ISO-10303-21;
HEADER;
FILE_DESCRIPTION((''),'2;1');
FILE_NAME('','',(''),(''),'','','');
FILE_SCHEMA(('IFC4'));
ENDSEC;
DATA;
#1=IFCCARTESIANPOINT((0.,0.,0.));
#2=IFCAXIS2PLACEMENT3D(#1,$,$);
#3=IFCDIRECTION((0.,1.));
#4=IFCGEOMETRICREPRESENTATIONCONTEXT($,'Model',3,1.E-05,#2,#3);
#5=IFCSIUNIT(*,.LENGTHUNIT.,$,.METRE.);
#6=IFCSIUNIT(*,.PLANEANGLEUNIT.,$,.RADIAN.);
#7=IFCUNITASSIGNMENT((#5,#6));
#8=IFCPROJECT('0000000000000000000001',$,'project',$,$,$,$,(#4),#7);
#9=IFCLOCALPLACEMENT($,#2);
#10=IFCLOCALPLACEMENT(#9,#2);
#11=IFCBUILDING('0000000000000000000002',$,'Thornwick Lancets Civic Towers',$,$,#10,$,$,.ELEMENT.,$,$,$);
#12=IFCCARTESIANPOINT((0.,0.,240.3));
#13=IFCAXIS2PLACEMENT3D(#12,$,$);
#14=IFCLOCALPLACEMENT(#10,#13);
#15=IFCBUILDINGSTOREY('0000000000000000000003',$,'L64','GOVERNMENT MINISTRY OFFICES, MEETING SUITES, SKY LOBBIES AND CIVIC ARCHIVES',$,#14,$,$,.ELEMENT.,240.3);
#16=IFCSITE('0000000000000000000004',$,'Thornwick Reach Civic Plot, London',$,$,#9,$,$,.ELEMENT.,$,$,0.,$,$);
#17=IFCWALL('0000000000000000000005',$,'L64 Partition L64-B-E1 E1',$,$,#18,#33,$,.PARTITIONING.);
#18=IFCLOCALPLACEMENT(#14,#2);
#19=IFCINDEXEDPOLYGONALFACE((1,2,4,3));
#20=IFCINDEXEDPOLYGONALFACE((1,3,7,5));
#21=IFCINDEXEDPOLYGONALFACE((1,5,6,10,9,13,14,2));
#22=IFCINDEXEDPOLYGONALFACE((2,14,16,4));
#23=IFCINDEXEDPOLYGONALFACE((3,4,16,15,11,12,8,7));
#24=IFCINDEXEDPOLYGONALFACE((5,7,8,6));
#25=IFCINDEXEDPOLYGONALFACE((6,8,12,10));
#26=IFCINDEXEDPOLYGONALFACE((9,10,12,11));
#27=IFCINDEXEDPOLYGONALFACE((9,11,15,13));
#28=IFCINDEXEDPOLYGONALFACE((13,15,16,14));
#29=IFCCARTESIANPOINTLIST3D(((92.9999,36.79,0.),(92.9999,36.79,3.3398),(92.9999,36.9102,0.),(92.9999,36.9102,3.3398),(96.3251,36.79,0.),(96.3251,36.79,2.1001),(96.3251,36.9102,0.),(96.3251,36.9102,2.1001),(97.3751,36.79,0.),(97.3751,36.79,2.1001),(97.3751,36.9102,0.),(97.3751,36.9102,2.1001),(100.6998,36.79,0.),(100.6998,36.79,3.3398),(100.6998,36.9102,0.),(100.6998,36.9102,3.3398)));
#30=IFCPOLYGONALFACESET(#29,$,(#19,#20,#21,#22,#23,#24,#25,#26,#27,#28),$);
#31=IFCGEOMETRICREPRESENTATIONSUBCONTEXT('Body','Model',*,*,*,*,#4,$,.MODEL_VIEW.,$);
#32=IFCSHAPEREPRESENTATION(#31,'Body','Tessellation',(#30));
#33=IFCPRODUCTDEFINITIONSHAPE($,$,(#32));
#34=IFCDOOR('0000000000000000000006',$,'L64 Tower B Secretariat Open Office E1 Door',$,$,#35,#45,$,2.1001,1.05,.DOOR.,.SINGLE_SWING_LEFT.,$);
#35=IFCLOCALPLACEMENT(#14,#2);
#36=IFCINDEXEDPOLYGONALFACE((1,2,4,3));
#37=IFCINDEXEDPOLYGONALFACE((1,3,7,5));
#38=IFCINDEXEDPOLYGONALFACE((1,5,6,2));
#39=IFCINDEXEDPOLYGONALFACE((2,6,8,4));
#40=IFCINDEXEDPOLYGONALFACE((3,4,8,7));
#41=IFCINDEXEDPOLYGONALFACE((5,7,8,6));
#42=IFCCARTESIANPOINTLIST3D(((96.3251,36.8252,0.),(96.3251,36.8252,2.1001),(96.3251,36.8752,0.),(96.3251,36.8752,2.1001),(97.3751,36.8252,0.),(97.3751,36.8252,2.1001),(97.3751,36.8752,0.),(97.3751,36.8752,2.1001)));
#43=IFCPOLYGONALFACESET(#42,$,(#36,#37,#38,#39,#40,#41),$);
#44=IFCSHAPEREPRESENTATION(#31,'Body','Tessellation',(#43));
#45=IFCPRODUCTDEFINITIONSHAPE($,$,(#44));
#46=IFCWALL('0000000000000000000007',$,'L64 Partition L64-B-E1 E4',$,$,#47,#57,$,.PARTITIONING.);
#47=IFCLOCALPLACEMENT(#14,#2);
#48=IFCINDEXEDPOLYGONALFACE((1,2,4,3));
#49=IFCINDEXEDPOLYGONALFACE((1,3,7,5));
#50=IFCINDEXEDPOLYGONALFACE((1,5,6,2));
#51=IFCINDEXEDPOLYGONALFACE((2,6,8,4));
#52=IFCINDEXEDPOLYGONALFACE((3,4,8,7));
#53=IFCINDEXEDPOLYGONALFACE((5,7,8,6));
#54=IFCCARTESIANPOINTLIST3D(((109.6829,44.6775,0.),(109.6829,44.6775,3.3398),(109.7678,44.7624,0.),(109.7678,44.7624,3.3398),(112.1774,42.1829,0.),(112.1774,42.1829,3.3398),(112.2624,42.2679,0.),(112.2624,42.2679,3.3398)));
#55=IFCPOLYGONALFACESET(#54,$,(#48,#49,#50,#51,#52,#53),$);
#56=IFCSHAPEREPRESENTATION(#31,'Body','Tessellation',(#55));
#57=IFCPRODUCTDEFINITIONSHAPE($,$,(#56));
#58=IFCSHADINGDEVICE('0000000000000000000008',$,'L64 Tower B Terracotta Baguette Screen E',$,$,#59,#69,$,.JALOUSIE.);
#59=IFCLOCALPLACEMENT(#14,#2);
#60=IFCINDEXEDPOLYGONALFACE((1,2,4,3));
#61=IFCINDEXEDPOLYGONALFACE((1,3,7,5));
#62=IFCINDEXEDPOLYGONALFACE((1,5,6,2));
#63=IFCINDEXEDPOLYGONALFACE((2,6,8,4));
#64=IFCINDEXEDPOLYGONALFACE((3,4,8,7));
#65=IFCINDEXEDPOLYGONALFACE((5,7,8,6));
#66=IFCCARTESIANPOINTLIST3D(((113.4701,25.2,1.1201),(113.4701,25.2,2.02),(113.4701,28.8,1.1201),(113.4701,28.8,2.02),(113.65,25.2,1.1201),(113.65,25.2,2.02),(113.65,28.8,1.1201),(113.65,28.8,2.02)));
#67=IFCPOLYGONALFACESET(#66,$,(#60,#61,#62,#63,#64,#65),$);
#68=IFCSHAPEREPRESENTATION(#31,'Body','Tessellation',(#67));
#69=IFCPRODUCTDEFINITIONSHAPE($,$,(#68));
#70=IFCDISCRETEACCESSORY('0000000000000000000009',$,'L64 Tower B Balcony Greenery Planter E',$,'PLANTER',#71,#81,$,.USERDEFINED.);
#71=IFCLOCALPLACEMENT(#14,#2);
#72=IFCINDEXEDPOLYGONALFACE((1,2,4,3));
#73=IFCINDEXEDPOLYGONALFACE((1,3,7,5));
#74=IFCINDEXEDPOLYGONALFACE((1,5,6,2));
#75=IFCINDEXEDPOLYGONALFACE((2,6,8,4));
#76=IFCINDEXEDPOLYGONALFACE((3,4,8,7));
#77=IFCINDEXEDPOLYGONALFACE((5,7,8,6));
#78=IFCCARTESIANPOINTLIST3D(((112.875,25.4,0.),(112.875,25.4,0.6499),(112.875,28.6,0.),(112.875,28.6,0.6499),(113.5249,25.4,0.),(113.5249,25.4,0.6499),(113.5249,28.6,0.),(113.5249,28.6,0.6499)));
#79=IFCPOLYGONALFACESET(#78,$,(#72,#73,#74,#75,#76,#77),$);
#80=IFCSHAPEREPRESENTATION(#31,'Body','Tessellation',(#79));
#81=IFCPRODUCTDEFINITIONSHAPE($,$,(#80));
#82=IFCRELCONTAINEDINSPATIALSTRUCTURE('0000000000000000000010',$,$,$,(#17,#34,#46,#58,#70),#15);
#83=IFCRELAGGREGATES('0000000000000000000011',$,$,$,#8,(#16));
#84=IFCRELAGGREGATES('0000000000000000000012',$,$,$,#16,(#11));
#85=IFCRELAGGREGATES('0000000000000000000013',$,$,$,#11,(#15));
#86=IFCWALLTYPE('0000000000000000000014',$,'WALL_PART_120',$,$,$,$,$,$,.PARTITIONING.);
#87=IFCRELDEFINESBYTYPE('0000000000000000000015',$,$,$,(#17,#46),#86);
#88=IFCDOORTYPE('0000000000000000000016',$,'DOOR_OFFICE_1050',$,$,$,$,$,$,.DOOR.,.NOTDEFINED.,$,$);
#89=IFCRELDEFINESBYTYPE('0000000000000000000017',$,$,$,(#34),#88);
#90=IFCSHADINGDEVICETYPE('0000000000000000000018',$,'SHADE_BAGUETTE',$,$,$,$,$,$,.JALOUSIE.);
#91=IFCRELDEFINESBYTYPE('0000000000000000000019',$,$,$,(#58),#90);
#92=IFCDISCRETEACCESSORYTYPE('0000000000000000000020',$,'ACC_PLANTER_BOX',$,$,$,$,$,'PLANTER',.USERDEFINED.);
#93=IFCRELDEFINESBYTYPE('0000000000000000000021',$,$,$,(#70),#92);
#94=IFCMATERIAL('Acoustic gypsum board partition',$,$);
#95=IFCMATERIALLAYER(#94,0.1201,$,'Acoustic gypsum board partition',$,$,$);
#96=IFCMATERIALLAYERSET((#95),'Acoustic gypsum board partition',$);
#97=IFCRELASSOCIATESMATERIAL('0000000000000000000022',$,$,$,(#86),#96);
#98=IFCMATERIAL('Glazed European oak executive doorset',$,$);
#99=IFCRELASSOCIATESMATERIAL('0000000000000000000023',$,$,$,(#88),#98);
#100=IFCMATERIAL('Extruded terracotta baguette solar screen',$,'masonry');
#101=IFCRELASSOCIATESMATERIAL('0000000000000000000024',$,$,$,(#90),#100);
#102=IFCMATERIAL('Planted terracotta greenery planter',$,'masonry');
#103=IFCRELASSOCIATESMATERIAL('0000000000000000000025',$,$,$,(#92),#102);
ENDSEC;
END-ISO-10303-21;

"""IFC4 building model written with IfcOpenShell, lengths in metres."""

from ifc_helpers import new_model, si_unit, direction, frame, frame_2d, origin, origin_2d, place, context, subcontext, project, spatial, rectangle, extrude, material, layer, layer_set, type_object, element, fill, save


model = new_model("IFC4")

# Units and contexts
model_context = context("Model", 3, precision=1e-05, world=origin(), true_north=direction((0.0, 1.0)))
body_context = subcontext(model_context, "Body", "Model", "MODEL_VIEW")
ifc_project = project(units=[si_unit("LENGTHUNIT", "METRE"), si_unit("PLANEANGLEUNIT", "RADIAN")], contexts=[model_context])

# Site, building, storey
site_placement = place(None, origin())
site = spatial("IfcSite", under=ifc_project, at=site_placement, Name="Thornwick Reach Civic Plot, London", CompositionType="ELEMENT", RefElevation=0.0)
building_placement = place(site_placement, origin())
building = spatial("IfcBuilding", under=site, at=building_placement, Name="Thornwick Lancets Civic Towers", CompositionType="ELEMENT")
storey_placement = place(building_placement, frame((0.0, 0.0, 240.3)))
storey = spatial("IfcBuildingStorey", under=building, at=storey_placement, Name="L64", Description="GOVERNMENT MINISTRY OFFICES, MEETING SUITES, SKY LOBBIES AND CIVIC ARCHIVES", CompositionType="ELEMENT", Elevation=240.3)

# Shared definitions
ifc_material_1 = material(Name="Acoustic gypsum board partition")
ifc_layer_1 = layer(ifc_material_1, 0.1201, Name="Acoustic gypsum board partition")
ifc_layer_set_1 = layer_set([ifc_layer_1], Name="Acoustic gypsum board partition")
wall_type_1 = type_object("IfcWallType", Name="WALL_PART_120", PredefinedType="PARTITIONING", material=ifc_layer_set_1)

# Wall, opening, door
wall_1_placement = place(storey_placement, frame((100.7, 36.8501, 0.0), z_axis=(0.0, 0.0, 1.0), x_axis=(-1.0, 0.0, 0.0)))
wall_1 = element("IfcWall", 1, at=wall_1_placement, inside=storey, type_object=wall_type_1, Name="L64 Partition L64-B-E1 E1", PredefinedType="PARTITIONING", context=body_context, shape_type="SweptSolid", body=[
    extrude(rectangle(XDim=7.7, YDim=0.1201, at=frame_2d((3.8501, 0.0))), origin(), (0.0, 0.0, 1.0), 3.3398),
])
opening_1_placement = place(wall_1_placement, frame((3.325, 0.0, 0.0)))
opening_1 = element("IfcOpeningElement", 2, at=opening_1_placement, cuts=wall_1, PredefinedType="OPENING", context=body_context, shape_type="SweptSolid", body=[
    extrude(rectangle(XDim=1.05, YDim=2.1001, at=frame_2d((0.5249, 1.05))), frame((0.0, 0.0701, 0.0), z_axis=(0.0, -1.0, 0.0), x_axis=(1.0, 0.0, 0.0)), (0.0, 0.0, 1.0), 0.1401),
])
ifc_material_2 = material(Name="Glazed European oak executive doorset")
door_type_1 = type_object("IfcDoorType", Name="DOOR_OFFICE_1050", OperationType="NOTDEFINED", PredefinedType="DOOR", material=ifc_material_2)
door_1_placement = place(opening_1_placement, origin())
door_1 = element("IfcDoor", 3, at=door_1_placement, inside=storey, type_object=door_type_1, Name="L64 Tower B Secretariat Open Office E1 Door", OperationType="SINGLE_SWING_LEFT", OverallHeight=2.1001, OverallWidth=1.05, PredefinedType="DOOR", context=body_context, shape_type="SweptSolid", body=[
    extrude(rectangle(XDim=1.05, YDim=2.1001, at=frame_2d((0.5249, 1.05))), frame((0.0, 0.0249, 0.0), z_axis=(0.0, -1.0, 0.0), x_axis=(1.0, 0.0, 0.0)), (0.0, 0.0, 1.0), 0.05),
])
fill(opening_1, door_1)

# Wall
wall_2_placement = place(storey_placement, frame((109.7253, 44.72, 0.0), z_axis=(0.0, 0.0, 1.0), x_axis=(0.707107, -0.707107, 0.0)))
element("IfcWall", 4, at=wall_2_placement, inside=storey, type_object=wall_type_1, Name="L64 Partition L64-B-E1 E4", PredefinedType="PARTITIONING", context=body_context, shape_type="SweptSolid", body=[
    extrude(rectangle(XDim=3.5278, YDim=0.1201, at=frame_2d((1.7639, 0.0))), origin(), (0.0, 0.0, 1.0), 3.3398),
])

# Shading device
ifc_material_3 = material(Name="Extruded terracotta baguette solar screen", Category="masonry")
shading_device_type = type_object("IfcShadingDeviceType", Name="SHADE_BAGUETTE", PredefinedType="JALOUSIE", material=ifc_material_3)
shading_device_placement = place(storey_placement, frame((113.5601, 27.0, 1.1201), z_axis=(0.0, 0.0, 1.0), x_axis=(0.0, 1.0, 0.0)))
element("IfcShadingDevice", 5, at=shading_device_placement, inside=storey, type_object=shading_device_type, Name="L64 Tower B Terracotta Baguette Screen E", PredefinedType="JALOUSIE", context=body_context, shape_type="SweptSolid", body=[
    extrude(rectangle(XDim=3.6001, YDim=0.1799, at=origin_2d()), origin(), (0.0, 0.0, 1.0), 0.8999),
])

# Discrete accessory
ifc_material_4 = material(Name="Planted terracotta greenery planter", Category="masonry")
discrete_accessory_type = type_object("IfcDiscreteAccessoryType", Name="ACC_PLANTER_BOX", ElementType="PLANTER", PredefinedType="USERDEFINED", material=ifc_material_4)
discrete_accessory_placement = place(storey_placement, frame((113.2, 27.0, 0.0), z_axis=(0.0, 0.0, 1.0), x_axis=(1.0, 0.0, 0.0)))
element("IfcDiscreteAccessory", 6, at=discrete_accessory_placement, inside=storey, type_object=discrete_accessory_type, Name="L64 Tower B Balcony Greenery Planter E", ObjectType="PLANTER", PredefinedType="USERDEFINED", context=body_context, shape_type="SweptSolid", body=[
    extrude(rectangle(XDim=0.6499, YDim=3.2, at=origin_2d()), origin(), (0.0, 0.0, 1.0), 0.6499),
])

save(model, "model.ifc")
